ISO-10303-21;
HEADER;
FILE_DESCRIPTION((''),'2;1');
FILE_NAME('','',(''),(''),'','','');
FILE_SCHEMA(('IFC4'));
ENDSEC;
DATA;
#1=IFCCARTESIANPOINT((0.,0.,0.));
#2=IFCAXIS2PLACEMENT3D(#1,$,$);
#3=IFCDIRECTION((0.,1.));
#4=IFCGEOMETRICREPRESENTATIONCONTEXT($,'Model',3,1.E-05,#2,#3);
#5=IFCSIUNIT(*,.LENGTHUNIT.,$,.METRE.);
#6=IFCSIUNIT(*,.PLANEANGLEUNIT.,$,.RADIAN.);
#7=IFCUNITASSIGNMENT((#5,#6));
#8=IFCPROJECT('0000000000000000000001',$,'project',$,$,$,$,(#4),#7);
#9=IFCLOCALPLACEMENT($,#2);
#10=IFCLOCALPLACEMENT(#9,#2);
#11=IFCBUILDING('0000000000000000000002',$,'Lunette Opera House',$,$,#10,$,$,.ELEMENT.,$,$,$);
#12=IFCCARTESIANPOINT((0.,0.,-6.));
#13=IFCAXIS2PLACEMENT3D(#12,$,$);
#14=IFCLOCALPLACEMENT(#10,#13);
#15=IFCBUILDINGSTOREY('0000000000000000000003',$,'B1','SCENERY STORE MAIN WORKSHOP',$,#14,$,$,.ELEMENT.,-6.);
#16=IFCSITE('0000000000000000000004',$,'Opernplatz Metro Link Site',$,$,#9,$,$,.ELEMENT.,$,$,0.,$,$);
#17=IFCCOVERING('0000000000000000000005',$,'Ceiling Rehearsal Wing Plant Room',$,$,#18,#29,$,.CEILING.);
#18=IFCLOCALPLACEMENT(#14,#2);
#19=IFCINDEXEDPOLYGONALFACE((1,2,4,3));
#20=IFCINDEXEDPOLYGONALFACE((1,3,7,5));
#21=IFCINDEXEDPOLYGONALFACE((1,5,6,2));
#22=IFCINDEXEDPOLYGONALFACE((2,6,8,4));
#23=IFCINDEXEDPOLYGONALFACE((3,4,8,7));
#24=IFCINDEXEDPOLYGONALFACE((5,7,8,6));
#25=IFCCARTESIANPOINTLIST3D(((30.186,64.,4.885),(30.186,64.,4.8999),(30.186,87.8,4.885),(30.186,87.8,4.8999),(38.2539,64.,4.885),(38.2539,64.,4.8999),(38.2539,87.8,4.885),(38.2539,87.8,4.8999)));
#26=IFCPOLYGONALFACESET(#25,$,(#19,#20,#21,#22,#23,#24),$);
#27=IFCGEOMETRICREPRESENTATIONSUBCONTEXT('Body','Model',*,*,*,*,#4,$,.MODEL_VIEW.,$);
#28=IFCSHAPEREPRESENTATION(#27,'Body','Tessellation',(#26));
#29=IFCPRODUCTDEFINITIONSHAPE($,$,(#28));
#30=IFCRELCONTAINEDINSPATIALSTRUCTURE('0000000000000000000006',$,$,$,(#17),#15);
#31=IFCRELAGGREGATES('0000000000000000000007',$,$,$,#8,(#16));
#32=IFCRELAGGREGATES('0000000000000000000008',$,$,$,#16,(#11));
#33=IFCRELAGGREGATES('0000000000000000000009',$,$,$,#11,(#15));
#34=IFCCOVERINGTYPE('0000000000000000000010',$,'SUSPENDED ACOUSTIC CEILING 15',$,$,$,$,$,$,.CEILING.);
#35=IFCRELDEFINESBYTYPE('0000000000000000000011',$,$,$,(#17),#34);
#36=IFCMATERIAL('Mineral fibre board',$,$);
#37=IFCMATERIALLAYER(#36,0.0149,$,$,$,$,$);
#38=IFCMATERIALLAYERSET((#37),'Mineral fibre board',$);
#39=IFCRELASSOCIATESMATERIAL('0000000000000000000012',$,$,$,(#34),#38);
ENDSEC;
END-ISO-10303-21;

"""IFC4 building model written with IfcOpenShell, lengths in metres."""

from ifc_helpers import new_model, si_unit, direction, frame, origin, place, context, subcontext, project, spatial, polyline, outline, extrude, material, layer, layer_set, type_object, element, save


model = new_model("IFC4")

# Units and contexts
model_context = context("Model", 3, precision=1e-05, world=origin(), true_north=direction((0.0, 1.0)))
body_context = subcontext(model_context, "Body", "Model", "MODEL_VIEW")
ifc_project = project(units=[si_unit("LENGTHUNIT", "METRE"), si_unit("PLANEANGLEUNIT", "RADIAN")], contexts=[model_context])

# Site, building, storey
site_placement = place(None, origin())
site = spatial("IfcSite", under=ifc_project, at=site_placement, Name="Opernplatz Metro Link Site", CompositionType="ELEMENT", RefElevation=0.0)
building_placement = place(site_placement, origin())
building = spatial("IfcBuilding", under=site, at=building_placement, Name="Lunette Opera House", CompositionType="ELEMENT")
storey_placement = place(building_placement, frame((0.0, 0.0, -6.0)))
storey = spatial("IfcBuildingStorey", under=building, at=storey_placement, Name="B1", Description="SCENERY STORE MAIN WORKSHOP", CompositionType="ELEMENT", Elevation=-6.0)

# Covering
ifc_material_1 = material(Name="Mineral fibre board")
ifc_layer_1 = layer(ifc_material_1, 0.0149)
ifc_layer_set_1 = layer_set([ifc_layer_1], Name="Mineral fibre board")
covering_type = type_object("IfcCoveringType", Name="SUSPENDED ACOUSTIC CEILING 15", PredefinedType="CEILING", material=ifc_layer_set_1)
covering_1_placement = place(storey_placement, frame((0.0, 0.0, 4.885)))
element("IfcCovering", 1, at=covering_1_placement, inside=storey, type_object=covering_type, Name="Ceiling Rehearsal Wing Plant Room", PredefinedType="CEILING", context=body_context, shape_type="SweptSolid", body=[
    extrude(outline(polyline([(30.186, 87.8), (38.2539, 87.8), (38.2539, 64.0), (30.186, 64.0), (30.186, 87.8)])), origin(), (0.0, 0.0, 1.0), 0.0149),
])

save(model, "model.ifc")
